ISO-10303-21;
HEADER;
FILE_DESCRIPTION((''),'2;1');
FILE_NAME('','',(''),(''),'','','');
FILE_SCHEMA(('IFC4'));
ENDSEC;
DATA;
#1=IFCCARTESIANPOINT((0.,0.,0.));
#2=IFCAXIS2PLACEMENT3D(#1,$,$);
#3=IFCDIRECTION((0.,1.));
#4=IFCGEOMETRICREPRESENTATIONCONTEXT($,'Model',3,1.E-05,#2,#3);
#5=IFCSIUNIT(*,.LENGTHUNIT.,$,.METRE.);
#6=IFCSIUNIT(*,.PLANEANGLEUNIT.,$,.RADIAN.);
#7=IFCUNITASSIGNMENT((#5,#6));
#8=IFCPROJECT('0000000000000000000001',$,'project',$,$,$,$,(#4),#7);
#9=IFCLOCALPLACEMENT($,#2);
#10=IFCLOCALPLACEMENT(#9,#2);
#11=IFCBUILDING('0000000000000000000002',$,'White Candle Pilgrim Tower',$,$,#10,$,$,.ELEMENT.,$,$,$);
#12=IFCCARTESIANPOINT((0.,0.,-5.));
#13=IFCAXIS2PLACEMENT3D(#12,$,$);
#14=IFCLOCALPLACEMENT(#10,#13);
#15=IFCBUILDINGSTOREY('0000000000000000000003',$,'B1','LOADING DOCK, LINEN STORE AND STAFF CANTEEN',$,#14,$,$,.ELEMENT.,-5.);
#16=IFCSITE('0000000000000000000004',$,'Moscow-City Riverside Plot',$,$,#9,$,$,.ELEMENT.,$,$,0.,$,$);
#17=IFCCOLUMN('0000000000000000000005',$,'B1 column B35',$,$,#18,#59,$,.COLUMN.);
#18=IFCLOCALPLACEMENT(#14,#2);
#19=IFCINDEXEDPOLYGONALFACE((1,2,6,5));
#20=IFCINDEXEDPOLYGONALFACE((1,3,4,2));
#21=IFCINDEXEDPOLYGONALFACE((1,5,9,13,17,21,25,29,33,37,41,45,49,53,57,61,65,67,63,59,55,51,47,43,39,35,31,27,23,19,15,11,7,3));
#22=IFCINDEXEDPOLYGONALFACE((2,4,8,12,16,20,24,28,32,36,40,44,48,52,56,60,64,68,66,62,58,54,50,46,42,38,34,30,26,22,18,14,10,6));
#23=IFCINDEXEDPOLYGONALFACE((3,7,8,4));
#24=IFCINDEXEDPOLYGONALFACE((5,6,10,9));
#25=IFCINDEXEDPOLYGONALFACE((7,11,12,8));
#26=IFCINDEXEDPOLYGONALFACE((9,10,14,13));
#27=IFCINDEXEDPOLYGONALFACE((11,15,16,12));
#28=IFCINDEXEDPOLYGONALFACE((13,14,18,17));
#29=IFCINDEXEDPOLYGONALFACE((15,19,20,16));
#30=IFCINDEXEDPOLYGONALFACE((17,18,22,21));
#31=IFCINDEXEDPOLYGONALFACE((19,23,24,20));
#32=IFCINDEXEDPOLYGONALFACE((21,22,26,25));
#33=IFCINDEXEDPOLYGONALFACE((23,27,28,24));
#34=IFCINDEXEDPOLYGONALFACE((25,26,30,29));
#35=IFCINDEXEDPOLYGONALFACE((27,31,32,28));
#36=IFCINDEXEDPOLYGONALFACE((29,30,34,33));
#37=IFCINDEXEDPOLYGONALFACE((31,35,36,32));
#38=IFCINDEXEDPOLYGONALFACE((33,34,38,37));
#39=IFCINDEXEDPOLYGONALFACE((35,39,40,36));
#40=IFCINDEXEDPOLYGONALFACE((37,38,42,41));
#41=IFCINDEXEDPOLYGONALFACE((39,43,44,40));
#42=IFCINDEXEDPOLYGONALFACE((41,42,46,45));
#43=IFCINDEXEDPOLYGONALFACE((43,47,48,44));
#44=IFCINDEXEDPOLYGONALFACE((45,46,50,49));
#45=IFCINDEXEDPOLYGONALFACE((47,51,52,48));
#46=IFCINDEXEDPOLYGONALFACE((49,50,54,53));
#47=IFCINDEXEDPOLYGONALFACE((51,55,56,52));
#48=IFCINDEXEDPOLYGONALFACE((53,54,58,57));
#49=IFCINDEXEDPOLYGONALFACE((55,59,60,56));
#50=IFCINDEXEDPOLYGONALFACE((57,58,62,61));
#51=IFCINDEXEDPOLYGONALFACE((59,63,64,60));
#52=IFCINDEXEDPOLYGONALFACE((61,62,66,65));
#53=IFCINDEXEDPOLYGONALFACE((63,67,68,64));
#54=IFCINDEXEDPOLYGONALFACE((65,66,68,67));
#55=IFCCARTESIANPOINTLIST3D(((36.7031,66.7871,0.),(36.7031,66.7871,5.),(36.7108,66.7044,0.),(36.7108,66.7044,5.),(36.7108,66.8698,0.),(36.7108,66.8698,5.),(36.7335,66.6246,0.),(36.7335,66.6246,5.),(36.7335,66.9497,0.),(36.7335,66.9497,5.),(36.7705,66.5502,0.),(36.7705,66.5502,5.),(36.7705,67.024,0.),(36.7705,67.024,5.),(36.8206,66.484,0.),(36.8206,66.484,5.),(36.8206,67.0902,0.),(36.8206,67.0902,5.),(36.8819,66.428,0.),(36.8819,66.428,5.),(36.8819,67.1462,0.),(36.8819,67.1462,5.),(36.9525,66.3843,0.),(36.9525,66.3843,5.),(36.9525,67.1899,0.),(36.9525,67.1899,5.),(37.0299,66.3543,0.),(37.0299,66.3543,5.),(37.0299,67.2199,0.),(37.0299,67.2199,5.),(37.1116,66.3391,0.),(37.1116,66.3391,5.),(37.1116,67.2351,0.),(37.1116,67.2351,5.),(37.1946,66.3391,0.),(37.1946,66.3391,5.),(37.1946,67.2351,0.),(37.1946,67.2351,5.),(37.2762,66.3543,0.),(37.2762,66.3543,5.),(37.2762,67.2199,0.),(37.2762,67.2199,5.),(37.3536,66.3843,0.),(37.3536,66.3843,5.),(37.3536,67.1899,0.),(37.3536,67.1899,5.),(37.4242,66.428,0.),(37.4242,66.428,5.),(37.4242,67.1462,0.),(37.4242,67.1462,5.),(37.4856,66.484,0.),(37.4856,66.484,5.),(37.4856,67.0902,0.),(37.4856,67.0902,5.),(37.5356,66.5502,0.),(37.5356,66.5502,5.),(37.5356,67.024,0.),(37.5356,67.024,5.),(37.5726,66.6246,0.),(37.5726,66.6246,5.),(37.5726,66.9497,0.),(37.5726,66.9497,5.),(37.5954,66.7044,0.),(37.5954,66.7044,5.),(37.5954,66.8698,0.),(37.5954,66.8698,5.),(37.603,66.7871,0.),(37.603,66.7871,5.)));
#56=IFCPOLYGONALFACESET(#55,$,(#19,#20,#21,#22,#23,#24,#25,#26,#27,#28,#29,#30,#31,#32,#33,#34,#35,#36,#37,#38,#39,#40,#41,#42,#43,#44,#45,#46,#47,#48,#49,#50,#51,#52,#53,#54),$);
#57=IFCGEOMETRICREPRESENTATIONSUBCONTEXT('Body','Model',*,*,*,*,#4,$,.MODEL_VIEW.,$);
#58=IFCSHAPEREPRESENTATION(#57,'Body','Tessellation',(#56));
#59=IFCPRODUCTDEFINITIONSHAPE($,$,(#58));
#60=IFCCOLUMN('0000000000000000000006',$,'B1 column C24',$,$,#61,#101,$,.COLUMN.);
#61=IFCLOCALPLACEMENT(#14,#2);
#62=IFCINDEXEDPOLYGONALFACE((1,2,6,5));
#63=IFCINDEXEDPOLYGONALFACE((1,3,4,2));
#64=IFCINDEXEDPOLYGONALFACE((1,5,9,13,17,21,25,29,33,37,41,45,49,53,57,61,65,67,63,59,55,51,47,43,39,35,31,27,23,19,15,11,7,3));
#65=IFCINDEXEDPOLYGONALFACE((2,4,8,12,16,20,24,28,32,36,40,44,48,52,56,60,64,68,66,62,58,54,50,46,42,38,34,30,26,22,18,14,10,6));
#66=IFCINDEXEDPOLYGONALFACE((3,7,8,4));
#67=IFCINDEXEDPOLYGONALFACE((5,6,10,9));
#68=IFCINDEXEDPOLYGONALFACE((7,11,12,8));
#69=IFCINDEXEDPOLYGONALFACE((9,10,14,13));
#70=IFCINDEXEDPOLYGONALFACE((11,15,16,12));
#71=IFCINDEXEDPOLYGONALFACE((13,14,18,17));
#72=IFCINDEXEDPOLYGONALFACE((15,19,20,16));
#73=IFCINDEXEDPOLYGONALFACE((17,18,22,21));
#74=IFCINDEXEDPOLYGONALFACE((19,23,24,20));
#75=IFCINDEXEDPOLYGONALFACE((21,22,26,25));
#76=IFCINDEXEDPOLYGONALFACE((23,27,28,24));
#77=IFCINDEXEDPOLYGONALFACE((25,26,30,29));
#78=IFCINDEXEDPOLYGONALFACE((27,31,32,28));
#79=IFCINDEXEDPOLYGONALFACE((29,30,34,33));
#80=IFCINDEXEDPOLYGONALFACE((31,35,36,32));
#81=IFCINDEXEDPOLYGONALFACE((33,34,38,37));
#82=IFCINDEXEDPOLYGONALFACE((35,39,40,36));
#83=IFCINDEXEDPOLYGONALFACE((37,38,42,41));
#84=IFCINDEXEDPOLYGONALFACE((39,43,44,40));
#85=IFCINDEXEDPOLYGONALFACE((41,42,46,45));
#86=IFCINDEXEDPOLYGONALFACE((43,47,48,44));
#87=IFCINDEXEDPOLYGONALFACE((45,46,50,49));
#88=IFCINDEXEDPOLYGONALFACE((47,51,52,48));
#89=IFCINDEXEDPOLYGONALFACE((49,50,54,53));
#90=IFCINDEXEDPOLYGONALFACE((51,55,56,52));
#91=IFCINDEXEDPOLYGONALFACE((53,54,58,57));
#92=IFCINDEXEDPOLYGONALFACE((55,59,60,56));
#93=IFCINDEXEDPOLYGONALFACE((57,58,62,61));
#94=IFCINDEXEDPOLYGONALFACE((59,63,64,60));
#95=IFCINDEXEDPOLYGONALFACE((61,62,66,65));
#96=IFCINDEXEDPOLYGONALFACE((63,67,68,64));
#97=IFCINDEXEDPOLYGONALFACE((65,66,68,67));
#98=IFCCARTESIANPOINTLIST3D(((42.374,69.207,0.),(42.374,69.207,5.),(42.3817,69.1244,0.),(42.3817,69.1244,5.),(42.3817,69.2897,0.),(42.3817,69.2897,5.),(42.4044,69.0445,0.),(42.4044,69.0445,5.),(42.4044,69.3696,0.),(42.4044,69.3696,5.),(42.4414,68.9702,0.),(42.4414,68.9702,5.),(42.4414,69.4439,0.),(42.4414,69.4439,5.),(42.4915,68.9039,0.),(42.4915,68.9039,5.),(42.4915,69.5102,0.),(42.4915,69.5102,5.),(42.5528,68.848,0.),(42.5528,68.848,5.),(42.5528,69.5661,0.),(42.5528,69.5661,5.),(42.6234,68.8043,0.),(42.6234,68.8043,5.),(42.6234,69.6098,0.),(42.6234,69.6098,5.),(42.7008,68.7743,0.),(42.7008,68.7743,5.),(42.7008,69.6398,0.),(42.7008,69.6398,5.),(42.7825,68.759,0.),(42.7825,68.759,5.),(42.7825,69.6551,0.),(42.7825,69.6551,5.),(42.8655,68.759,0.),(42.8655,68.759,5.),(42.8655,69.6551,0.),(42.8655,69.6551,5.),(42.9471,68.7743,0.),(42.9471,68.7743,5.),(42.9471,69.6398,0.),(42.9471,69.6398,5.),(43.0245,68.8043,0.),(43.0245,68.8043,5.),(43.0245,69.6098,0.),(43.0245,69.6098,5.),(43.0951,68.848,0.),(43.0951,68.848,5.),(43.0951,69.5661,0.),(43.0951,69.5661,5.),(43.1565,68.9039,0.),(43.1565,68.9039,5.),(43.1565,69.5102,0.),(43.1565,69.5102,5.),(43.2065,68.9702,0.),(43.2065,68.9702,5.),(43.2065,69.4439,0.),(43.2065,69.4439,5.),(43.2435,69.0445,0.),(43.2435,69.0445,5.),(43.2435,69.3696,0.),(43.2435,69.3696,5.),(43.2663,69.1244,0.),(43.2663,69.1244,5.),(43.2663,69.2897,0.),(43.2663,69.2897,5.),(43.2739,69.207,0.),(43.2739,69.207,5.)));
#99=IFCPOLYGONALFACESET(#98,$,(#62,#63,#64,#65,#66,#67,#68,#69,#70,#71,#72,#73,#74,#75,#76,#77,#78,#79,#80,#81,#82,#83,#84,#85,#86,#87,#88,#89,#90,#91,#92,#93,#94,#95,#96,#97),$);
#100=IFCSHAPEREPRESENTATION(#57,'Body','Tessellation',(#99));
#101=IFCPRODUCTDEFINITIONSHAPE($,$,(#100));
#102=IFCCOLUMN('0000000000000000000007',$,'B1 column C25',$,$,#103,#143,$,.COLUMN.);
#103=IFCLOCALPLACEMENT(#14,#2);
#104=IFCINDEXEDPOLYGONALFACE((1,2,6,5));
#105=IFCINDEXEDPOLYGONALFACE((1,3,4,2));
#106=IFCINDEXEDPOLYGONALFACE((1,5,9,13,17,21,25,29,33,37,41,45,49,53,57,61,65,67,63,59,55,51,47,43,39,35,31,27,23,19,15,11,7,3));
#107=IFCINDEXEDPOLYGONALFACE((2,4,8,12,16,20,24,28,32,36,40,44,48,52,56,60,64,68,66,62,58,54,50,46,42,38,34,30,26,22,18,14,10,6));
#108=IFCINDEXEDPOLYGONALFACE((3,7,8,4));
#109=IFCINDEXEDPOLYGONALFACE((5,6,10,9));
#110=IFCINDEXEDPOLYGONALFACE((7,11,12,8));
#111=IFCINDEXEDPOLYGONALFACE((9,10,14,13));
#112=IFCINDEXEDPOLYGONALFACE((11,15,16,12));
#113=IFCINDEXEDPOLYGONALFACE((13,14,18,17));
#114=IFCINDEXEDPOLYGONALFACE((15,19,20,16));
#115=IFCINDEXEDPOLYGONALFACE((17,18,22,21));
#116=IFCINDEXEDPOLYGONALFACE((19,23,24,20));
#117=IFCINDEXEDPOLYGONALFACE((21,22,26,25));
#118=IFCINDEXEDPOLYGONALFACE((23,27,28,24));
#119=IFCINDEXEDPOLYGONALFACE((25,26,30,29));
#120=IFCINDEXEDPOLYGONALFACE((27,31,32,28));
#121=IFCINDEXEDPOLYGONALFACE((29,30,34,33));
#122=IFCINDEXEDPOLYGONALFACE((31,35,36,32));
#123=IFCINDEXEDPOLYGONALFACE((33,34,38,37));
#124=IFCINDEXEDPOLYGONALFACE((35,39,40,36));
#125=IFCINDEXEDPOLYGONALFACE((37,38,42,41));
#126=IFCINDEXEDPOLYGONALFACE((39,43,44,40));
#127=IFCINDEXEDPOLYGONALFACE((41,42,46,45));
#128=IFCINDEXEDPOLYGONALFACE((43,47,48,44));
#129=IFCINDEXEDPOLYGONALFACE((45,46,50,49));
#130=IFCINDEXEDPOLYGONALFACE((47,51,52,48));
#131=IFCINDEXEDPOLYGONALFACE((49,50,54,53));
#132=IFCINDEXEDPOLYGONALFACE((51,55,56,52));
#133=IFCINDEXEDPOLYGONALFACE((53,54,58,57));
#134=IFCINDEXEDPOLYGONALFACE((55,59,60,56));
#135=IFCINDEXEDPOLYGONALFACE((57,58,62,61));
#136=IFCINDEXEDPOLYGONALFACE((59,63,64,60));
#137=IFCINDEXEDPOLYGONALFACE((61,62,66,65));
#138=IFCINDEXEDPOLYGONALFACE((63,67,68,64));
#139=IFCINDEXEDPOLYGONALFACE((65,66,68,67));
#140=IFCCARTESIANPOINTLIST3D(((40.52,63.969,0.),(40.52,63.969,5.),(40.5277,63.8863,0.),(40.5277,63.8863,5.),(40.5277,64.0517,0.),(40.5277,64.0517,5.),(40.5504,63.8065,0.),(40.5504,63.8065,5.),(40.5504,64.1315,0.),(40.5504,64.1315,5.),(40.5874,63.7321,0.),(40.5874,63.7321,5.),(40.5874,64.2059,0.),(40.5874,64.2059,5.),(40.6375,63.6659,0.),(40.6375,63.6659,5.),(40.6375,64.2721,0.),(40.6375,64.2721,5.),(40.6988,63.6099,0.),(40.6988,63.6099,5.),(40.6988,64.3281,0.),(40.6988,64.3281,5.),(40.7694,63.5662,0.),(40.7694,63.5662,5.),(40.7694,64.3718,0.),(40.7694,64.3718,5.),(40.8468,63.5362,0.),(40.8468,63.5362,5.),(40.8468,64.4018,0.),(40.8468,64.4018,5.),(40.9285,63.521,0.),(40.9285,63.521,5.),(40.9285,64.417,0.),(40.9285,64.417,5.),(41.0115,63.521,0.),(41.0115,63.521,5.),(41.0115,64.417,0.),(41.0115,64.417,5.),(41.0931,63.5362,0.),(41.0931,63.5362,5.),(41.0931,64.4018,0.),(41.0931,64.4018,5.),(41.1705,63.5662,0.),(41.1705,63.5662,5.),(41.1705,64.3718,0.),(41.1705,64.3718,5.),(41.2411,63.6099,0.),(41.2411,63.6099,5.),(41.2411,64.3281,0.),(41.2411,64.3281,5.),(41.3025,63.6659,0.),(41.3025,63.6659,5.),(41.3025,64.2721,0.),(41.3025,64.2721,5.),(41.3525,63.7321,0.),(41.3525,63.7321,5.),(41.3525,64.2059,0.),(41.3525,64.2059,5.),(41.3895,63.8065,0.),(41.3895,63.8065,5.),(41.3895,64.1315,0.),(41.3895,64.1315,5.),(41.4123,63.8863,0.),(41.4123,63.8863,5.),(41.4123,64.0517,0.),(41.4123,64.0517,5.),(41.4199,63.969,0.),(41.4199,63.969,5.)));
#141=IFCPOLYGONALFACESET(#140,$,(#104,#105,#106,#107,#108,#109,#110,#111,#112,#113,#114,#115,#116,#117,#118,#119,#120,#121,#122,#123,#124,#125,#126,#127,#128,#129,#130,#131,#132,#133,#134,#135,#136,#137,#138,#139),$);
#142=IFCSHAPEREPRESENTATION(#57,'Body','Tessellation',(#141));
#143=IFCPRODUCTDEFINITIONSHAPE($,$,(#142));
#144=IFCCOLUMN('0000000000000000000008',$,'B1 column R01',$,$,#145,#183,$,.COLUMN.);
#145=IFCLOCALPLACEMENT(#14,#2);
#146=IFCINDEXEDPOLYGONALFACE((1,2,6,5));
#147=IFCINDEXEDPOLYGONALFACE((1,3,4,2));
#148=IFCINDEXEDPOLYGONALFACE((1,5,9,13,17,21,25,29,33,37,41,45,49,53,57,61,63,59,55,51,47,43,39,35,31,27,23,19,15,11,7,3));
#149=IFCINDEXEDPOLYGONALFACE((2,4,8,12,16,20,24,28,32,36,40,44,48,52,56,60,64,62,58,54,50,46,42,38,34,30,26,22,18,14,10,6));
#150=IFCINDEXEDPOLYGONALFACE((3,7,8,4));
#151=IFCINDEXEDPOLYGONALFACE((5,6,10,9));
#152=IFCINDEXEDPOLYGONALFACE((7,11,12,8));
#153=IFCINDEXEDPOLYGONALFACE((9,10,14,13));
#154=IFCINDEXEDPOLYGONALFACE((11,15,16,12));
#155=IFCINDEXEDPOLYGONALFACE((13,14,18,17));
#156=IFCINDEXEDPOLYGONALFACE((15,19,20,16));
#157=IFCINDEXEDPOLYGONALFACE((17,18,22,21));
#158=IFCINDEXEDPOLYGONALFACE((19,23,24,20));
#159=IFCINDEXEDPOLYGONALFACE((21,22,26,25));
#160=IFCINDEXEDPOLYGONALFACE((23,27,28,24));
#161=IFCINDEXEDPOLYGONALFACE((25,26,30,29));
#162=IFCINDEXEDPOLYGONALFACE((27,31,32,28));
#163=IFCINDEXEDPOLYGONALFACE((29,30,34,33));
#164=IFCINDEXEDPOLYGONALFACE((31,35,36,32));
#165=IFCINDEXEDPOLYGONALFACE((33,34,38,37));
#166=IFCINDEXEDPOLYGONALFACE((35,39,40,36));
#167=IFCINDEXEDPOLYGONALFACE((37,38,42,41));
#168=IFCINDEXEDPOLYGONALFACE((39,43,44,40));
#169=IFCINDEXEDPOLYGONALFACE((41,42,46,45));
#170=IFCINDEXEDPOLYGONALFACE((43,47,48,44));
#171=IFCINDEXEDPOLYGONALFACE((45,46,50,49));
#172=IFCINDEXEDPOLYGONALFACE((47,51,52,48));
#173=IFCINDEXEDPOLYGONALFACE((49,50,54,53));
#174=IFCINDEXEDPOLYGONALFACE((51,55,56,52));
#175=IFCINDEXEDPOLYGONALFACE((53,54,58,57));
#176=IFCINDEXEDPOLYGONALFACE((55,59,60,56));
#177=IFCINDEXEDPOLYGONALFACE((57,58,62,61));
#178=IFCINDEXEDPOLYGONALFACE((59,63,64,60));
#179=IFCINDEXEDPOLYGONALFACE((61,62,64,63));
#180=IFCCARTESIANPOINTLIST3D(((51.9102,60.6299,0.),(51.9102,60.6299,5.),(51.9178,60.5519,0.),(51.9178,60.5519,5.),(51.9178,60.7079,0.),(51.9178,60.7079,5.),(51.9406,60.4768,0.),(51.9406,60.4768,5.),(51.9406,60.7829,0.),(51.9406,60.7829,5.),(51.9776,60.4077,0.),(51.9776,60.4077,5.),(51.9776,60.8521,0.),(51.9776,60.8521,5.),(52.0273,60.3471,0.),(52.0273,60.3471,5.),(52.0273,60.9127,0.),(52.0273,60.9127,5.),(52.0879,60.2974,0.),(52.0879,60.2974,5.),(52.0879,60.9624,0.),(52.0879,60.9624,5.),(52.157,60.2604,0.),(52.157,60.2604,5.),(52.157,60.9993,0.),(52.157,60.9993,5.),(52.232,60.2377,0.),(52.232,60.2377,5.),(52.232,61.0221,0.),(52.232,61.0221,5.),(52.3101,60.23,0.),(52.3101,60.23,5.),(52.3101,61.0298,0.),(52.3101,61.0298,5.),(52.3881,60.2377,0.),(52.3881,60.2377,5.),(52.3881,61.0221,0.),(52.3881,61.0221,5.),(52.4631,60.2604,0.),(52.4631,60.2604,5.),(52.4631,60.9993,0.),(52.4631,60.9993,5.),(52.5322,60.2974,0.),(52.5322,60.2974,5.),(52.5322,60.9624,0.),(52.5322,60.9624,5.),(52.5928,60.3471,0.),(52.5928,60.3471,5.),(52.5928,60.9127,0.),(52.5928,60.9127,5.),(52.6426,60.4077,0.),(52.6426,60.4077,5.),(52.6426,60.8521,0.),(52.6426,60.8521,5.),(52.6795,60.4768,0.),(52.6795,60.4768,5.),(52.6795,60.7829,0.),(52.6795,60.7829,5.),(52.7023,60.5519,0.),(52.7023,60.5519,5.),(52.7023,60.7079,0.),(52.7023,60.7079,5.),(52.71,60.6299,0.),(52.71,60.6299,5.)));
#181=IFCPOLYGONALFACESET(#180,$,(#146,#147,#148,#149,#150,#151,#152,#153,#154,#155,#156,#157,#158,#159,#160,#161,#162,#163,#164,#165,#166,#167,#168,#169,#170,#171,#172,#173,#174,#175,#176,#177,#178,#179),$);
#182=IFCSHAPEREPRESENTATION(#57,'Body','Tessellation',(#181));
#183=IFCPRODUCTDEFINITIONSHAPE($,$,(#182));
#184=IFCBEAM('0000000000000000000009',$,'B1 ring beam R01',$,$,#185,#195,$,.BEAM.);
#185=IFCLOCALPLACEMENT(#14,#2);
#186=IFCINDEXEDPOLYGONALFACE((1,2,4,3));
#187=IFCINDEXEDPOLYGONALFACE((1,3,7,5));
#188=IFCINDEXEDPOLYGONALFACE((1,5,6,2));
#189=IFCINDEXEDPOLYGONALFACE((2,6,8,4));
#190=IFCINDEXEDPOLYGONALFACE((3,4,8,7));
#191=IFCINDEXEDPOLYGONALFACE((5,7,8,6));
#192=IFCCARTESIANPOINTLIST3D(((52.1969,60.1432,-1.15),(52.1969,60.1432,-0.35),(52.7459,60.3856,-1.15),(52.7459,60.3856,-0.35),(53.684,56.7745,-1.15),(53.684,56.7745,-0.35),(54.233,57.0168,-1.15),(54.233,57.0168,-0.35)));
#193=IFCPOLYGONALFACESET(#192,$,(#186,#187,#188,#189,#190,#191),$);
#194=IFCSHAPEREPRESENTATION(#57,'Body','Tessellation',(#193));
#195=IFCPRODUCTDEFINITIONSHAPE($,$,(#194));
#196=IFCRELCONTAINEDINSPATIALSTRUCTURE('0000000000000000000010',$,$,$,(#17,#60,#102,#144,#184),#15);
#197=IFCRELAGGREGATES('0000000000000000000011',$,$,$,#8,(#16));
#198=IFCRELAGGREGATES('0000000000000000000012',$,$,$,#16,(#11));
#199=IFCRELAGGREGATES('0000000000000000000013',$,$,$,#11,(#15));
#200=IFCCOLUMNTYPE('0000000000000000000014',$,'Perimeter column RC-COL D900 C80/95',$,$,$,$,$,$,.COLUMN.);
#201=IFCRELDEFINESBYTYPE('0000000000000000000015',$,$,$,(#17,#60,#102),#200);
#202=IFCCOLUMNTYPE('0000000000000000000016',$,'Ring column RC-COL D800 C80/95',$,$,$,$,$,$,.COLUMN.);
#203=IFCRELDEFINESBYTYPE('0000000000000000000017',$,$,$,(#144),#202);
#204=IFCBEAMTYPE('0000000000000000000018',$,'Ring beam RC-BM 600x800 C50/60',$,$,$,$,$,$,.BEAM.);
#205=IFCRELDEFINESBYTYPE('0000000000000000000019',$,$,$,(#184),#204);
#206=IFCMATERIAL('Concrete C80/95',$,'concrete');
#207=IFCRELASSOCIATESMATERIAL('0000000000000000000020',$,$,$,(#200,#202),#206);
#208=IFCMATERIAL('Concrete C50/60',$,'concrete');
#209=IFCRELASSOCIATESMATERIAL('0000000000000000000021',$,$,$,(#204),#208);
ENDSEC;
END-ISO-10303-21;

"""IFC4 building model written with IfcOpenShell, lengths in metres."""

from ifc_helpers import new_model, si_unit, direction, frame, origin, origin_2d, place, context, subcontext, project, spatial, rectangle, circle, extrude, material, material_profile, profile_set, type_object, element, save


model = new_model("IFC4")

# Units and contexts
model_context = context("Model", 3, precision=1e-05, world=origin(), true_north=direction((0.0, 1.0)))
body_context = subcontext(model_context, "Body", "Model", "MODEL_VIEW")
ifc_project = project(units=[si_unit("LENGTHUNIT", "METRE"), si_unit("PLANEANGLEUNIT", "RADIAN")], contexts=[model_context])

# Site, building, storey
site_placement = place(None, origin())
site = spatial("IfcSite", under=ifc_project, at=site_placement, Name="Moscow-City Riverside Plot", CompositionType="ELEMENT", RefElevation=0.0)
building_placement = place(site_placement, origin())
building = spatial("IfcBuilding", under=site, at=building_placement, Name="White Candle Pilgrim Tower", CompositionType="ELEMENT")
storey_placement = place(building_placement, frame((0.0, 0.0, -5.0)))
storey = spatial("IfcBuildingStorey", under=building, at=storey_placement, Name="B1", Description="LOADING DOCK, LINEN STORE AND STAFF CANTEEN", CompositionType="ELEMENT", Elevation=-5.0)

# Columns
ifc_material_1 = material(Name="Concrete C80/95", Category="concrete")
ifc_material_profile_1 = material_profile(ifc_material_1, circle(Radius=0.45, at=origin_2d()), Name="RC-COL D900")
ifc_profile_set_1 = profile_set([ifc_material_profile_1], Name="Concrete C80/95")
column_type_1 = type_object("IfcColumnType", Name="Perimeter column RC-COL D900 C80/95", PredefinedType="COLUMN", material=ifc_profile_set_1)
for number, where, z_axis, x_axis, name in (
    (1, (37.1531, 66.7871, 0.0), (0.0, 0.0, 1.0), (1.0, 0.0, 0.0), "B1 column B35"),
    (2, (42.824, 69.207, 0.0), (0.0, 0.0, 1.0), (1.0, 0.0, 0.0), "B1 column C24"),
    (3, (40.97, 63.969, 0.0), (0.0, 0.0, 1.0), (1.0, 0.0, 0.0), "B1 column C25"),
):
    element("IfcColumn", number, at=place(storey_placement, frame(where, z_axis=z_axis, x_axis=x_axis)), inside=storey, type_object=column_type_1, Name=name, PredefinedType="COLUMN", context=body_context, shape_type="SweptSolid", body=[
        extrude(circle(Radius=0.45, at=origin_2d()), origin(), (0.0, 0.0, 1.0), 5.0),
    ])
ifc_material_profile_2 = material_profile(ifc_material_1, circle(Radius=0.3999, at=origin_2d()), Name="RC-COL D800")
ifc_profile_set_2 = profile_set([ifc_material_profile_2], Name="Concrete C80/95")
column_type_2 = type_object("IfcColumnType", Name="Ring column RC-COL D800 C80/95", PredefinedType="COLUMN", material=ifc_profile_set_2)
column_placement = place(storey_placement, frame((52.3101, 60.6299, 0.0), z_axis=(0.0, 0.0, 1.0), x_axis=(1.0, 0.0, 0.0)))
element("IfcColumn", 4, at=column_placement, inside=storey, type_object=column_type_2, Name="B1 column R01", PredefinedType="COLUMN", context=body_context, shape_type="SweptSolid", body=[
    extrude(circle(Radius=0.3999, at=origin_2d()), origin(), (0.0, 0.0, 1.0), 5.0),
])

# Beam
ifc_material_2 = material(Name="Concrete C50/60", Category="concrete")
ifc_material_profile_3 = material_profile(ifc_material_2, rectangle(XDim=0.6001, YDim=0.8, at=origin_2d()), Name="RC-BM 600x800")
ifc_profile_set_3 = profile_set([ifc_material_profile_3], Name="Concrete C50/60")
beam_type_1 = type_object("IfcBeamType", Name="Ring beam RC-BM 600x800 C50/60", PredefinedType="BEAM", material=ifc_profile_set_3)
beam_1_placement = place(storey_placement, frame((52.4714, 60.2644, -0.75), z_axis=(0.403843, -0.914828, 0.0), x_axis=(0.914828, 0.403843, 0.0)))
element("IfcBeam", 5, at=beam_1_placement, inside=storey, type_object=beam_type_1, Name="B1 ring beam R01", PredefinedType="BEAM", context=body_context, shape_type="SweptSolid", body=[
    extrude(rectangle(XDim=0.6001, YDim=0.8, at=origin_2d()), origin(), (0.0, 0.0, 1.0), 3.6824),
])

save(model, "model.ifc")
